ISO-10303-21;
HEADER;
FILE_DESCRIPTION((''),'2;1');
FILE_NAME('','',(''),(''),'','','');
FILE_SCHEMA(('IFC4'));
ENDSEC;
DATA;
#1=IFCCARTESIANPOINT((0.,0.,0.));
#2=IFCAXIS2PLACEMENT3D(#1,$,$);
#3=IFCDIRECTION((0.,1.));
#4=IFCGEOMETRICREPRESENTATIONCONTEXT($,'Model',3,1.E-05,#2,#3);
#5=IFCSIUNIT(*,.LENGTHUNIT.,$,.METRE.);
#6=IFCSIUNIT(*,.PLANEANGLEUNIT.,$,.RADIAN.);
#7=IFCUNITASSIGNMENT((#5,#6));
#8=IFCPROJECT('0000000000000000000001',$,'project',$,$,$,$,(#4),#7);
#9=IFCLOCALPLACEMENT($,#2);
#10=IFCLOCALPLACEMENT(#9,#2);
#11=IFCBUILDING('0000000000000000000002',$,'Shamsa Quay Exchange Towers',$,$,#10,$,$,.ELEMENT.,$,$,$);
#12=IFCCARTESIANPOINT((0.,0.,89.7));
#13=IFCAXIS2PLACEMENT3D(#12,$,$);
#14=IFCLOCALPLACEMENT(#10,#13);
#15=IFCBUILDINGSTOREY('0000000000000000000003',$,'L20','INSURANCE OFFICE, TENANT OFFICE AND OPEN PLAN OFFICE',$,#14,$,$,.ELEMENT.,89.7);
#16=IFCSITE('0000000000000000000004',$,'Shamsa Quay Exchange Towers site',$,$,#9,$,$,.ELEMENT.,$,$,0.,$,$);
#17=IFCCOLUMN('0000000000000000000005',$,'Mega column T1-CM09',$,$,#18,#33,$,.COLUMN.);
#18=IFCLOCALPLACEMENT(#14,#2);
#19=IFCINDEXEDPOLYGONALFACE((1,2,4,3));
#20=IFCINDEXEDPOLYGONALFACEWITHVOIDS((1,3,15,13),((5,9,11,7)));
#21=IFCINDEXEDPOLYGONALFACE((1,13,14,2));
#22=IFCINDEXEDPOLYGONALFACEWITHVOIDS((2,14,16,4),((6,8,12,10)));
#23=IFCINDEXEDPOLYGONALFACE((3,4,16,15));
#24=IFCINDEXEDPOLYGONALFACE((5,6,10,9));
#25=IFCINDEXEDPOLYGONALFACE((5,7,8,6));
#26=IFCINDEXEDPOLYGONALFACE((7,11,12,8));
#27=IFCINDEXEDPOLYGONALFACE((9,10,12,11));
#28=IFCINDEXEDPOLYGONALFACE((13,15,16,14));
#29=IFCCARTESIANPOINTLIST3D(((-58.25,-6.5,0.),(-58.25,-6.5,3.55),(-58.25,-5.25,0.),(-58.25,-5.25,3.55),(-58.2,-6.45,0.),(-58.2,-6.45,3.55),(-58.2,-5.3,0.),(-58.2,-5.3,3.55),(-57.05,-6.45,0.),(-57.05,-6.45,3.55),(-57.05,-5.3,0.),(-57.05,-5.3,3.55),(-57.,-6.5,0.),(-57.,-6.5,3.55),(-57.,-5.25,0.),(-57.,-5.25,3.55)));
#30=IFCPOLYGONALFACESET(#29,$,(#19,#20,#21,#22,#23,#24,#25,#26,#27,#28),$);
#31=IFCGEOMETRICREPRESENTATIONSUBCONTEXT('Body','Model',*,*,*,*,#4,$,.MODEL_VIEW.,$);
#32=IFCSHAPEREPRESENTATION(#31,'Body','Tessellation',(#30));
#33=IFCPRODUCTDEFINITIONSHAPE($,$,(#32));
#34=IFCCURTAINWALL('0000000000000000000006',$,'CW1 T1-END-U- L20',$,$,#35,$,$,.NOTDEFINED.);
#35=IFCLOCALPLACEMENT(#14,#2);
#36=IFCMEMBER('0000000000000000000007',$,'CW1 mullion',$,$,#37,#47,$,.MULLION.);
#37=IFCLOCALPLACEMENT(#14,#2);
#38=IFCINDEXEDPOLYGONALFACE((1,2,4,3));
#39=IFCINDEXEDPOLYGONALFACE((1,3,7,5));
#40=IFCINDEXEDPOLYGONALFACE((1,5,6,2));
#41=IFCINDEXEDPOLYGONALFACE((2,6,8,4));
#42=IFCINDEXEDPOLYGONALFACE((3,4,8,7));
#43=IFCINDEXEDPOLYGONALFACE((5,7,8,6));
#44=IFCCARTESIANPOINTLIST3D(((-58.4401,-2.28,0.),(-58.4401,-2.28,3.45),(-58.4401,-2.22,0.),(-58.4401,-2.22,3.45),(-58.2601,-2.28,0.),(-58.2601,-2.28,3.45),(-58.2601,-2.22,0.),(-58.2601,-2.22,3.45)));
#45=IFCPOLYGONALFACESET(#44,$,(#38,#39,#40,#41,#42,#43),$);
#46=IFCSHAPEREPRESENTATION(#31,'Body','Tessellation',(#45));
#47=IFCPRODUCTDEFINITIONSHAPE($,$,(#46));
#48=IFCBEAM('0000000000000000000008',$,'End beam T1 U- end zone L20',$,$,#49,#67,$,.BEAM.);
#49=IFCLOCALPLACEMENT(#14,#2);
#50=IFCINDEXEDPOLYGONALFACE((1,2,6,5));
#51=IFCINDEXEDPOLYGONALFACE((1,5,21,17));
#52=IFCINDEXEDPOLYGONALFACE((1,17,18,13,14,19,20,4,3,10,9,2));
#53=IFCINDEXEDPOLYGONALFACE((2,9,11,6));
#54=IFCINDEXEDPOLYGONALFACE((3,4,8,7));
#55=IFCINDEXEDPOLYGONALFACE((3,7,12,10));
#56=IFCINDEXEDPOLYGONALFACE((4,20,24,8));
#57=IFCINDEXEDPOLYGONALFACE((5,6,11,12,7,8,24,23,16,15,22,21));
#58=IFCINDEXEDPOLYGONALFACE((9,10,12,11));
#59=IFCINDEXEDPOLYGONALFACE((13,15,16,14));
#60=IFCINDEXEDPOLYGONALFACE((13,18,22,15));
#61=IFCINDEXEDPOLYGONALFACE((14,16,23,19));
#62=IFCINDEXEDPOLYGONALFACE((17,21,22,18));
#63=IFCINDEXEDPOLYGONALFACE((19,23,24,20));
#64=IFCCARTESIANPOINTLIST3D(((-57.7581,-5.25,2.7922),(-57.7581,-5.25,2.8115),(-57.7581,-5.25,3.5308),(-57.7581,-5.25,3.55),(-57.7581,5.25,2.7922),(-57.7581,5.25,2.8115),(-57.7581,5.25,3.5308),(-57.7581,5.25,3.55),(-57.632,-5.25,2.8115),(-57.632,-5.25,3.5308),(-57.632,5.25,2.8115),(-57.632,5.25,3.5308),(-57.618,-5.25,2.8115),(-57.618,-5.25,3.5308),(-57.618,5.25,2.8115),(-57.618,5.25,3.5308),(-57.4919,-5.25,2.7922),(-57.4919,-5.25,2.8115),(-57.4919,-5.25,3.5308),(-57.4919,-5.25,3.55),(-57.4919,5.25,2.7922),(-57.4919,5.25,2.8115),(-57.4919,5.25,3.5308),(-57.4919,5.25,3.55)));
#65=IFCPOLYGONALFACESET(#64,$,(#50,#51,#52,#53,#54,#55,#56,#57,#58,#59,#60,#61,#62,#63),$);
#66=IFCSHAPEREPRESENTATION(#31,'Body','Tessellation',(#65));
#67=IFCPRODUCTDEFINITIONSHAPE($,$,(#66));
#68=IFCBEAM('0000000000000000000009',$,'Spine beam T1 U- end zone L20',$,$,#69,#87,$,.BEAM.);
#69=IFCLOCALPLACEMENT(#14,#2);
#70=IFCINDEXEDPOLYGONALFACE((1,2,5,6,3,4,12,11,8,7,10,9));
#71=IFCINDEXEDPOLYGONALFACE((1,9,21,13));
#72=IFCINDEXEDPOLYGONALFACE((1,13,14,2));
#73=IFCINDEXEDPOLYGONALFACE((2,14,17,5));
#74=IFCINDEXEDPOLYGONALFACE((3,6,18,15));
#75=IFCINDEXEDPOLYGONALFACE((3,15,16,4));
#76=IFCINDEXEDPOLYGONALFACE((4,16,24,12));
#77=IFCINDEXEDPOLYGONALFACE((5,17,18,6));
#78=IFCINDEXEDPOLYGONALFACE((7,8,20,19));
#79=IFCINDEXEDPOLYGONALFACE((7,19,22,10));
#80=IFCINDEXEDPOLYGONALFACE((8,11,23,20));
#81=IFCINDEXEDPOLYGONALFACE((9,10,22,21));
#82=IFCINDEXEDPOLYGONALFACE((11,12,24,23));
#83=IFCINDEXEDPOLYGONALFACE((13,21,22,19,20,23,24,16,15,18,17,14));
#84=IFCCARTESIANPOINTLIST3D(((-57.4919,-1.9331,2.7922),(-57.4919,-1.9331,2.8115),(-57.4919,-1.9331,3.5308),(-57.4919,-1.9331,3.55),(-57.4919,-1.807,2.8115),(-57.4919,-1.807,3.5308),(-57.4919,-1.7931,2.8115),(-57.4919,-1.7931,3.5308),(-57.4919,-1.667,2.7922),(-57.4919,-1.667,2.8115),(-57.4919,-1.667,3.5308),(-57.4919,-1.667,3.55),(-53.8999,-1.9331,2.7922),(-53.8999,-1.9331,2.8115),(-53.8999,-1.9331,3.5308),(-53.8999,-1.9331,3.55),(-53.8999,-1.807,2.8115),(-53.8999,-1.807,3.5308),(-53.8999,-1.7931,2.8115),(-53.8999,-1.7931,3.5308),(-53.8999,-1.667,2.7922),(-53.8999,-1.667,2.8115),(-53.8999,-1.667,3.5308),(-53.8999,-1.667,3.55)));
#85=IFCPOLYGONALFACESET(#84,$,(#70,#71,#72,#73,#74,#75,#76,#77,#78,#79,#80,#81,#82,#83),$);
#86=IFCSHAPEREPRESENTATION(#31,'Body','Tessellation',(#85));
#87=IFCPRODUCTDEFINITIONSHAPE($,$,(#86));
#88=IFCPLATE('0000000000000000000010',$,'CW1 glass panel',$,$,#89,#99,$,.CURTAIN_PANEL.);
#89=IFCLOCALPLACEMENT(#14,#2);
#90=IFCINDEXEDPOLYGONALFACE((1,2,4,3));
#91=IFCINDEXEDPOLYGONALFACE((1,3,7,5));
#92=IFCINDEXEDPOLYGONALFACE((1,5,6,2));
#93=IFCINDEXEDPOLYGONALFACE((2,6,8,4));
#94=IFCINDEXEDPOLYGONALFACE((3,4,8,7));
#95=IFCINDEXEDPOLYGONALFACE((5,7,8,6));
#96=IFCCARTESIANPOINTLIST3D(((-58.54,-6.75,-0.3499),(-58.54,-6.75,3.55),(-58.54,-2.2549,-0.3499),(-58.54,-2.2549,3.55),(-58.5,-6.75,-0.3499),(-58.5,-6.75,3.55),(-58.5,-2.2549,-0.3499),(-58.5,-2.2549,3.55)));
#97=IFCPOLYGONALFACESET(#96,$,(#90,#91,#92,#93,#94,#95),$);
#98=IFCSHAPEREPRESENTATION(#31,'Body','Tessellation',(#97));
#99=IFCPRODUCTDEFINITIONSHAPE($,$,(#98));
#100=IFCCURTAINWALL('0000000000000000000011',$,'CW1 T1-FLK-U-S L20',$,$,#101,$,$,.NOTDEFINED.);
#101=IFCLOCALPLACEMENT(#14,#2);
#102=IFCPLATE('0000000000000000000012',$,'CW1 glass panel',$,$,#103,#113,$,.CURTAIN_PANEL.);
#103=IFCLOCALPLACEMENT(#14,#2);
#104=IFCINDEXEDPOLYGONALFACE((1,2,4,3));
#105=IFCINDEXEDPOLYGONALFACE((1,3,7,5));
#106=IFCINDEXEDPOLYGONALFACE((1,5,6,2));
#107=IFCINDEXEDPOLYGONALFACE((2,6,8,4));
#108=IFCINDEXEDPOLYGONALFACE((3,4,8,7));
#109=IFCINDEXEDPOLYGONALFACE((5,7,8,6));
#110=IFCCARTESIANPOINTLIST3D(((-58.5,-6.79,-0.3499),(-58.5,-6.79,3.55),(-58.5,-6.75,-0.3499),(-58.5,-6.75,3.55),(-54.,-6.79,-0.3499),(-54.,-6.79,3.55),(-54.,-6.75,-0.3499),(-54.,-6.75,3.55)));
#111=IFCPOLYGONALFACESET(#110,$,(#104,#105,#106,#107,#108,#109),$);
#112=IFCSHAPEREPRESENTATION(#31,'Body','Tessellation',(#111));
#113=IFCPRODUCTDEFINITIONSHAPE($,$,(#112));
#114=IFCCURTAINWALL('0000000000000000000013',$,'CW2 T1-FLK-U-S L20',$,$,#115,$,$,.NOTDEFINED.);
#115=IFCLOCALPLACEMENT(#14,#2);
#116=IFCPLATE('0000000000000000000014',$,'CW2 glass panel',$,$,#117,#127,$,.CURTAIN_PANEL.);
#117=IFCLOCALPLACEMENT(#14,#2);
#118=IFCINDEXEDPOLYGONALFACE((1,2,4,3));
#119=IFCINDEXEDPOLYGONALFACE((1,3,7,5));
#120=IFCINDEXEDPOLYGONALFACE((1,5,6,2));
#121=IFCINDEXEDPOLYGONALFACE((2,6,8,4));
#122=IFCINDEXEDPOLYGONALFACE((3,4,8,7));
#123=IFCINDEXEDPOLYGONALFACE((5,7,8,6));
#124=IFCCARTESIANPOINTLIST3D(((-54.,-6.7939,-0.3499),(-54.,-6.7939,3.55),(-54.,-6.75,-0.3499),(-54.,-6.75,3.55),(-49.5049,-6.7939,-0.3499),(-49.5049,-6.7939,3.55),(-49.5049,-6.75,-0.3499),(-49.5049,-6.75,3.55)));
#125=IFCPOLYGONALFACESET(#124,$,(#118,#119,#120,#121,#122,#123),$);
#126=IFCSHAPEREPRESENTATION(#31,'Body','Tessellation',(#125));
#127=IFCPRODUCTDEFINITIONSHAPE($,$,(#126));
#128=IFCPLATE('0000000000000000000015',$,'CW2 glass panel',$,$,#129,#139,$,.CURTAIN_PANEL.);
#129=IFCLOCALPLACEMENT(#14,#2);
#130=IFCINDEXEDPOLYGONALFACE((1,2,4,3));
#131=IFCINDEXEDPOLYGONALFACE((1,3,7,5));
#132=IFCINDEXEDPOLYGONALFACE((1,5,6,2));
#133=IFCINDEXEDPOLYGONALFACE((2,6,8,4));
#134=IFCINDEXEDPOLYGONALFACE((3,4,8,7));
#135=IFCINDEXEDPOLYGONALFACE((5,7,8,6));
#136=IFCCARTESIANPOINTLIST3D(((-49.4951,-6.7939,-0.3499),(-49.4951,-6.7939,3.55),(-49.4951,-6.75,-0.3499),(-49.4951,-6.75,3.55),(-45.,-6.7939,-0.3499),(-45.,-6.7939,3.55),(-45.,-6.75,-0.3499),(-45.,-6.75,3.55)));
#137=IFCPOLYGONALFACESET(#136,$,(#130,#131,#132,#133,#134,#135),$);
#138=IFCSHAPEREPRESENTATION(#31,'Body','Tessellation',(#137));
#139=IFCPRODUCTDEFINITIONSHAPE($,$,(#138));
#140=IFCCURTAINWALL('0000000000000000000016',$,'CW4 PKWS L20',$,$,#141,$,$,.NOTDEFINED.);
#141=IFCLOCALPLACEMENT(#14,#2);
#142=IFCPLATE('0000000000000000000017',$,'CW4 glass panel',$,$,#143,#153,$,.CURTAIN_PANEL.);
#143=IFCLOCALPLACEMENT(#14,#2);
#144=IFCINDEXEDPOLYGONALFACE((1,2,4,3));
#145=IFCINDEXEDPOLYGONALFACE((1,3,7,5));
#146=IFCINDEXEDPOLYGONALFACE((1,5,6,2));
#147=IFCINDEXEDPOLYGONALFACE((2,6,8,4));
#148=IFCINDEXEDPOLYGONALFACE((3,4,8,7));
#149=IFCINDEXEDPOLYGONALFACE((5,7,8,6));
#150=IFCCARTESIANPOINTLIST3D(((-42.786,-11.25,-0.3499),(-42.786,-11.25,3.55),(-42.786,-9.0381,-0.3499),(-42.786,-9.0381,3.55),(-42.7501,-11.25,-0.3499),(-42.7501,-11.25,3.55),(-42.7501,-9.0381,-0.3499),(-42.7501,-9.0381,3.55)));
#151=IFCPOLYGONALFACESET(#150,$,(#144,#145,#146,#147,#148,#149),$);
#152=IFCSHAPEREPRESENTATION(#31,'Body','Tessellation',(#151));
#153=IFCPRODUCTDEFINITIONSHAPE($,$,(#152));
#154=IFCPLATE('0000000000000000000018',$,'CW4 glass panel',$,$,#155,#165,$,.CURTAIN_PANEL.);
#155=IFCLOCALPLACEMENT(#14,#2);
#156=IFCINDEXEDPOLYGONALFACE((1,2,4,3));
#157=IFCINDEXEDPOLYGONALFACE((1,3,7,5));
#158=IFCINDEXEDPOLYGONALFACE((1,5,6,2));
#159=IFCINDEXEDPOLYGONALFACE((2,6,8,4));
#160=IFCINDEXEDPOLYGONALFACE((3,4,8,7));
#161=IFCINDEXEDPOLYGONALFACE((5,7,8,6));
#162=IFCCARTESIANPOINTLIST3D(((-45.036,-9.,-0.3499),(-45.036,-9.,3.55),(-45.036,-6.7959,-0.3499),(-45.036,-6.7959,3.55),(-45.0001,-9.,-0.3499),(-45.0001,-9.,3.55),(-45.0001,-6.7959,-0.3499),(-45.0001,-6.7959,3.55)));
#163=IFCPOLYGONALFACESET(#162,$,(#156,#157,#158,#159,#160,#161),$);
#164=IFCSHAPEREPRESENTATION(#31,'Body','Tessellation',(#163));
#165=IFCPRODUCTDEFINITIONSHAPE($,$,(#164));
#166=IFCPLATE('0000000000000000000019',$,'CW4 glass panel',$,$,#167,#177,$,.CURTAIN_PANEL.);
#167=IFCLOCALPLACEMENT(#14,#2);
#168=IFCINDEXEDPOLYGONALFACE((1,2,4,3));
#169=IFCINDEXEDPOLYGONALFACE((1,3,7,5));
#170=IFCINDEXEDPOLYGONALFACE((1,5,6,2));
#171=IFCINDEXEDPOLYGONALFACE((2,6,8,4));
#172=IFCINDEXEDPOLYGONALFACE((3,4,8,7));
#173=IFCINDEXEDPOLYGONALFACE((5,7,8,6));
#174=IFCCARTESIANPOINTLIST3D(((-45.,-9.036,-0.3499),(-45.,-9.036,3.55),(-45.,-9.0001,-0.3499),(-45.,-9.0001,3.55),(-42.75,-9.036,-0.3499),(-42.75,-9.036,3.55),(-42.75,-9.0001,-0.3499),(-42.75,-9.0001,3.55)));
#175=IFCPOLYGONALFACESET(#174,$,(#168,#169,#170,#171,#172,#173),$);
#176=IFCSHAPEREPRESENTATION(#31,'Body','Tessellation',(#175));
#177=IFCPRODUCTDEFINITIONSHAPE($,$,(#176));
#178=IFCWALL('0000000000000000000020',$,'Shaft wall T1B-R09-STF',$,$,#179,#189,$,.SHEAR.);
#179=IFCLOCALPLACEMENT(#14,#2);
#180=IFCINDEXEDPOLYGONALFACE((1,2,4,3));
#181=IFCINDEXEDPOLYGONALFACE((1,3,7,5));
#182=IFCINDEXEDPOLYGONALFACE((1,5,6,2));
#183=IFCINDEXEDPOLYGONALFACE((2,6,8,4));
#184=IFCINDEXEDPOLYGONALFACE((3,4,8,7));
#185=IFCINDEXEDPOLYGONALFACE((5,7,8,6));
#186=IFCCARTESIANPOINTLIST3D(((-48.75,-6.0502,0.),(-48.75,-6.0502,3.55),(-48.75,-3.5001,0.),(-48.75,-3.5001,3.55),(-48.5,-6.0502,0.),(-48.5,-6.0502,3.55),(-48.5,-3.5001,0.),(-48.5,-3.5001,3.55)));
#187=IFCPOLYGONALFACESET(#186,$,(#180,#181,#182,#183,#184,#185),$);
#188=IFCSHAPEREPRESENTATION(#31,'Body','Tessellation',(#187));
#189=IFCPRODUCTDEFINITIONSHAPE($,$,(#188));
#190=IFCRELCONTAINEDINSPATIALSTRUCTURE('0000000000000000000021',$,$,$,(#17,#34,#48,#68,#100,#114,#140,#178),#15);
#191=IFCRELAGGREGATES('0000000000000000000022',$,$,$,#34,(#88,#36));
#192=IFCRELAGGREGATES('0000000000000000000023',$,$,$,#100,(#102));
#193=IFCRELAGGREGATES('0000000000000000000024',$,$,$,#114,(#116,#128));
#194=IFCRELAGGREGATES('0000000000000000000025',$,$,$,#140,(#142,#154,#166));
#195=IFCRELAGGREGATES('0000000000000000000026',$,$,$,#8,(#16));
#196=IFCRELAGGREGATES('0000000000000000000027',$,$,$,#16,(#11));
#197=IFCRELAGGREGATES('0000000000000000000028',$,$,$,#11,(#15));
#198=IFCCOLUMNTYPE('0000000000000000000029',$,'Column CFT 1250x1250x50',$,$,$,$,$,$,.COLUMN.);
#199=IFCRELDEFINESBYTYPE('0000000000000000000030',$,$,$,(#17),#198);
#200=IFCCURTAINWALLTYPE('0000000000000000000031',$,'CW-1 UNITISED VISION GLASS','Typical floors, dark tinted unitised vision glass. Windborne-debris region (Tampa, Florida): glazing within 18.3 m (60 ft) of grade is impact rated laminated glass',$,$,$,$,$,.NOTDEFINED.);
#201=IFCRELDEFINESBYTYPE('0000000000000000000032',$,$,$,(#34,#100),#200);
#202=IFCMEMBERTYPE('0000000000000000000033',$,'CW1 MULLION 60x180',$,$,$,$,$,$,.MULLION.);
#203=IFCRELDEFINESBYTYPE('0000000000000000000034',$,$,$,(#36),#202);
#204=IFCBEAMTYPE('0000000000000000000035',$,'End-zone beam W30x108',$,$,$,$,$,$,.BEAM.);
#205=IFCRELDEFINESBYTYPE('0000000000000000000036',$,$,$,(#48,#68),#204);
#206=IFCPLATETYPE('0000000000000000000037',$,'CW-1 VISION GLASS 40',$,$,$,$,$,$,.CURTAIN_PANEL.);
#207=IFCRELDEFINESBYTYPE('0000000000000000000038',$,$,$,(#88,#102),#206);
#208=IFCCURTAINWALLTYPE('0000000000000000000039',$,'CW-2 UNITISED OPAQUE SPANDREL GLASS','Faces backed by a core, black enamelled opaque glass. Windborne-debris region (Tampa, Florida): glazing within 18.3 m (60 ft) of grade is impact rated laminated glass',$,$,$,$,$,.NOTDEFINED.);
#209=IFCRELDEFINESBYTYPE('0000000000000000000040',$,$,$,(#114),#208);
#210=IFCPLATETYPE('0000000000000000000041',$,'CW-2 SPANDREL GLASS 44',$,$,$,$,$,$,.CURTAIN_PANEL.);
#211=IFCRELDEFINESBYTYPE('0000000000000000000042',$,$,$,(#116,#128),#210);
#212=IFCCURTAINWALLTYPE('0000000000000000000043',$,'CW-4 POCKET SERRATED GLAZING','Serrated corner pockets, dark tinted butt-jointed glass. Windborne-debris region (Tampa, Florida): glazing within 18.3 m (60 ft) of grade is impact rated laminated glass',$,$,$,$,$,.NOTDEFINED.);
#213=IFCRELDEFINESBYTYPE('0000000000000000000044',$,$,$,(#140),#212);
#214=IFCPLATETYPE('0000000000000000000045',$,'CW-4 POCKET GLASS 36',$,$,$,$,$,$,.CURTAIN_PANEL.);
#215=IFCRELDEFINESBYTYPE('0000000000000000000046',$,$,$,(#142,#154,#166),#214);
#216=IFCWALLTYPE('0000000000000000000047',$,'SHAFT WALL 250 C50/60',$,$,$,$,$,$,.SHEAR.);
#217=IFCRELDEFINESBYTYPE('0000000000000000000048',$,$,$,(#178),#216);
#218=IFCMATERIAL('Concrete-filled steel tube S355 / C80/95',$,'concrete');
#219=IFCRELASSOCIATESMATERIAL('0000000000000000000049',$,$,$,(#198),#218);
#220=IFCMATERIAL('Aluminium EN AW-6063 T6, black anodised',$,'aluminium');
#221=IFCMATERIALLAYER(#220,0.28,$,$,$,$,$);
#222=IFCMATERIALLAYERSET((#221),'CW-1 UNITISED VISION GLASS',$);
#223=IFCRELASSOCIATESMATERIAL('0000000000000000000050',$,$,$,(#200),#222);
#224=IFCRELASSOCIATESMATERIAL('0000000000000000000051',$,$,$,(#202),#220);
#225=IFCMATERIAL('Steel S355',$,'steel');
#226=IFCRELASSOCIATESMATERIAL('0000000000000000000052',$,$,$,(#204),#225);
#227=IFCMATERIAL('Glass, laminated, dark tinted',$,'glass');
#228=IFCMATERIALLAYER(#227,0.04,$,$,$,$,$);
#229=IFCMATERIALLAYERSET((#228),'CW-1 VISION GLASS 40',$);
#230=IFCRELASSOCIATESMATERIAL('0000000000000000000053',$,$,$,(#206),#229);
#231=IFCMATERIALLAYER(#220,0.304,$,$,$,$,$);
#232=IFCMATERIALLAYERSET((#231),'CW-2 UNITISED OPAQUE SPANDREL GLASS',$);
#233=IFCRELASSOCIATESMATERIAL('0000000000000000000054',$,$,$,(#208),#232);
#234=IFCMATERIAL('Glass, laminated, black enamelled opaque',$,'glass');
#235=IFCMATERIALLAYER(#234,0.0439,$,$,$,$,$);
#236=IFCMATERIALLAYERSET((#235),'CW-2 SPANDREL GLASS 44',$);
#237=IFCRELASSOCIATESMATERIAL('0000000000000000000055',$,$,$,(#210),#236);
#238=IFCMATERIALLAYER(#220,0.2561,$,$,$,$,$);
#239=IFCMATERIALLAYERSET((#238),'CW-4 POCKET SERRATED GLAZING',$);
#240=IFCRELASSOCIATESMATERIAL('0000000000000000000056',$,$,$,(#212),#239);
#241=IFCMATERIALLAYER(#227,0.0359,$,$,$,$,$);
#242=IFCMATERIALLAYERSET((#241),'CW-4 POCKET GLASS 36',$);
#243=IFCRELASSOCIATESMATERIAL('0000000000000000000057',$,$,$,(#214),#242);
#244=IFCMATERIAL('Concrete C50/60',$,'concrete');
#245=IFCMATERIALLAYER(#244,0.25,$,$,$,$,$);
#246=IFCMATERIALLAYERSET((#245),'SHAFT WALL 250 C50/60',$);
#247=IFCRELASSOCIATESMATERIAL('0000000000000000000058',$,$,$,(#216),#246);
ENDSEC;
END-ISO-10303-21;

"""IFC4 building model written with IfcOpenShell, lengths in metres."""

from ifc_helpers import new_model, si_unit, direction, frame, frame_2d, origin, origin_2d, place, context, subcontext, project, spatial, rectangle, hollow_rectangle, i_section, extrude, material, layer, layer_set, material_profile, profile_set, type_object, element, aggregate, save


model = new_model("IFC4")

# Units and contexts
model_context = context("Model", 3, precision=1e-05, world=origin(), true_north=direction((0.0, 1.0)))
body_context = subcontext(model_context, "Body", "Model", "MODEL_VIEW")
ifc_project = project(units=[si_unit("LENGTHUNIT", "METRE"), si_unit("PLANEANGLEUNIT", "RADIAN")], contexts=[model_context])

# Site, building, storey
site_placement = place(None, origin())
site = spatial("IfcSite", under=ifc_project, at=site_placement, Name="Shamsa Quay Exchange Towers site", CompositionType="ELEMENT", RefElevation=0.0)
building_placement = place(site_placement, origin())
building = spatial("IfcBuilding", under=site, at=building_placement, Name="Shamsa Quay Exchange Towers", CompositionType="ELEMENT")
storey_placement = place(building_placement, frame((0.0, 0.0, 89.7)))
storey = spatial("IfcBuildingStorey", under=building, at=storey_placement, Name="L20", Description="INSURANCE OFFICE, TENANT OFFICE AND OPEN PLAN OFFICE", CompositionType="ELEMENT", Elevation=89.7)

# Column
ifc_material_1 = material(Name="Concrete-filled steel tube S355 / C80/95", Category="concrete")
ifc_material_profile_1 = material_profile(ifc_material_1, hollow_rectangle(XDim=1.25, YDim=1.25, WallThickness=0.05, at=origin_2d()), Name="CFT 1250x1250x50")
ifc_profile_set_1 = profile_set([ifc_material_profile_1], Name="Concrete-filled steel tube S355 / C80/95")
column_type = type_object("IfcColumnType", Name="Column CFT 1250x1250x50", PredefinedType="COLUMN", material=ifc_profile_set_1)
column_placement = place(storey_placement, frame((-57.625, -5.875, 0.0)))
element("IfcColumn", 1, at=column_placement, inside=storey, type_object=column_type, Name="Mega column T1-CM09", PredefinedType="COLUMN", context=body_context, shape_type="SweptSolid", body=[
    extrude(hollow_rectangle(XDim=1.25, YDim=1.25, WallThickness=0.05, at=origin_2d()), origin(), (0.0, 0.0, 1.0), 3.55),
])

# Curtain wall, member
ifc_material_2 = material(Name="Aluminium EN AW-6063 T6, black anodised", Category="aluminium")
ifc_layer_1 = layer(ifc_material_2, 0.28)
ifc_layer_set_1 = layer_set([ifc_layer_1], Name="CW-1 UNITISED VISION GLASS")
curtain_wall_type_1 = type_object("IfcCurtainWallType", Name="CW-1 UNITISED VISION GLASS", Description="Typical floors, dark tinted unitised vision glass. Windborne-debris region (Tampa, Florida): glazing within 18.3 m (60 ft) of grade is impact rated laminated glass", PredefinedType="NOTDEFINED", material=ifc_layer_set_1)
curtain_wall_1_placement = place(storey_placement, origin())
curtain_wall_1 = element("IfcCurtainWall", 2, at=curtain_wall_1_placement, inside=storey, type_object=curtain_wall_type_1, Name="CW1 T1-END-U- L20", PredefinedType="NOTDEFINED")
ifc_material_profile_2 = material_profile(ifc_material_2, rectangle(XDim=0.1799, YDim=0.0601, at=origin_2d()), Name="MU60x180")
ifc_profile_set_2 = profile_set([ifc_material_profile_2], Name="Aluminium EN AW-6063 T6, black anodised")
member_type = type_object("IfcMemberType", Name="CW1 MULLION 60x180", PredefinedType="MULLION", material=ifc_profile_set_2)
member_placement = place(storey_placement, frame((-58.3501, -2.25, 0.0)))
member = element("IfcMember", 3, at=member_placement, type_object=member_type, Name="CW1 mullion", PredefinedType="MULLION", context=body_context, shape_type="SweptSolid", body=[
    extrude(rectangle(XDim=0.1799, YDim=0.0601, at=origin_2d()), origin(), (0.0, 0.0, 1.0), 3.45),
])

# Beams
ifc_material_3 = material(Name="Steel S355", Category="steel")
ifc_material_profile_3 = material_profile(ifc_material_3, i_section(OverallWidth=0.2661, OverallDepth=0.7578, WebThickness=0.0139, FlangeThickness=0.0193, at=origin_2d()), Name="W30x108")
ifc_profile_set_3 = profile_set([ifc_material_profile_3], Name="Steel S355")
beam_type = type_object("IfcBeamType", Name="End-zone beam W30x108", PredefinedType="BEAM", material=ifc_profile_set_3)
beam_1_placement = place(storey_placement, frame((-57.625, -5.25, 3.1711), z_axis=(0.0, 1.0, 0.0), x_axis=(-1.0, 0.0, 0.0)))
element("IfcBeam", 4, at=beam_1_placement, inside=storey, type_object=beam_type, Name="End beam T1 U- end zone L20", PredefinedType="BEAM", context=body_context, shape_type="SweptSolid", body=[
    extrude(i_section(OverallWidth=0.2661, OverallDepth=0.7578, WebThickness=0.0139, FlangeThickness=0.0193, at=origin_2d()), origin(), (0.0, 0.0, 1.0), 10.5),
])
beam_2_placement = place(storey_placement, frame((-53.8999, -1.8, 3.1711), z_axis=(-1.0, 0.0, 0.0), x_axis=(0.0, -1.0, 0.0)))
element("IfcBeam", 5, at=beam_2_placement, inside=storey, type_object=beam_type, Name="Spine beam T1 U- end zone L20", PredefinedType="BEAM", context=body_context, shape_type="SweptSolid", body=[
    extrude(i_section(OverallWidth=0.2661, OverallDepth=0.7578, WebThickness=0.0139, FlangeThickness=0.0193, at=origin_2d()), origin(), (0.0, 0.0, 1.0), 3.592),
])

# Plate
ifc_material_4 = material(Name="Glass, laminated, dark tinted", Category="glass")
ifc_layer_2 = layer(ifc_material_4, 0.04)
ifc_layer_set_2 = layer_set([ifc_layer_2], Name="CW-1 VISION GLASS 40")
plate_type_1 = type_object("IfcPlateType", Name="CW-1 VISION GLASS 40", PredefinedType="CURTAIN_PANEL", material=ifc_layer_set_2)
plate_1_placement = place(storey_placement, frame((-58.52, -4.5024, -0.3499), z_axis=(0.0, 0.0, 1.0), x_axis=(0.0, -1.0, 0.0)))
plate_1 = element("IfcPlate", 6, at=plate_1_placement, type_object=plate_type_1, Name="CW1 glass panel", PredefinedType="CURTAIN_PANEL", context=body_context, shape_type="SweptSolid", body=[
    extrude(rectangle(XDim=4.4951, YDim=0.04, at=origin_2d()), origin(), (0.0, 0.0, 1.0), 3.8999),
])
aggregate(curtain_wall_1, [plate_1, member])

# Curtain wall, plate
curtain_wall_2_placement = place(storey_placement, origin())
curtain_wall_2 = element("IfcCurtainWall", 7, at=curtain_wall_2_placement, inside=storey, type_object=curtain_wall_type_1, Name="CW1 T1-FLK-U-S L20", PredefinedType="NOTDEFINED")
plate_2_placement = place(storey_placement, frame((-56.25, -6.77, -0.3499)))
plate_2 = element("IfcPlate", 8, at=plate_2_placement, type_object=plate_type_1, Name="CW1 glass panel", PredefinedType="CURTAIN_PANEL", context=body_context, shape_type="SweptSolid", body=[
    extrude(rectangle(XDim=4.5, YDim=0.04, at=origin_2d()), origin(), (0.0, 0.0, 1.0), 3.8999),
])
aggregate(curtain_wall_2, [plate_2])

# Curtain walls, plates
ifc_layer_3 = layer(ifc_material_2, 0.304)
ifc_layer_set_3 = layer_set([ifc_layer_3], Name="CW-2 UNITISED OPAQUE SPANDREL GLASS")
curtain_wall_type_2 = type_object("IfcCurtainWallType", Name="CW-2 UNITISED OPAQUE SPANDREL GLASS", Description="Faces backed by a core, black enamelled opaque glass. Windborne-debris region (Tampa, Florida): glazing within 18.3 m (60 ft) of grade is impact rated laminated glass", PredefinedType="NOTDEFINED", material=ifc_layer_set_3)
curtain_wall_3_placement = place(storey_placement, origin())
curtain_wall_3 = element("IfcCurtainWall", 9, at=curtain_wall_3_placement, inside=storey, type_object=curtain_wall_type_2, Name="CW2 T1-FLK-U-S L20", PredefinedType="NOTDEFINED")
ifc_material_5 = material(Name="Glass, laminated, black enamelled opaque", Category="glass")
ifc_layer_4 = layer(ifc_material_5, 0.0439)
ifc_layer_set_4 = layer_set([ifc_layer_4], Name="CW-2 SPANDREL GLASS 44")
plate_type_2 = type_object("IfcPlateType", Name="CW-2 SPANDREL GLASS 44", PredefinedType="CURTAIN_PANEL", material=ifc_layer_set_4)
plate_3_placement = place(storey_placement, frame((-51.7524, -6.772, -0.3499)))
plate_3 = element("IfcPlate", 10, at=plate_3_placement, type_object=plate_type_2, Name="CW2 glass panel", PredefinedType="CURTAIN_PANEL", context=body_context, shape_type="SweptSolid", body=[
    extrude(rectangle(XDim=4.4951, YDim=0.0439, at=origin_2d()), origin(), (0.0, 0.0, 1.0), 3.8999),
])
plate_4_placement = place(storey_placement, frame((-47.2476, -6.772, -0.3499)))
plate_4 = element("IfcPlate", 11, at=plate_4_placement, type_object=plate_type_2, Name="CW2 glass panel", PredefinedType="CURTAIN_PANEL", context=body_context, shape_type="SweptSolid", body=[
    extrude(rectangle(XDim=4.4951, YDim=0.0439, at=origin_2d()), origin(), (0.0, 0.0, 1.0), 3.8999),
])
aggregate(curtain_wall_3, [plate_3, plate_4])
ifc_layer_5 = layer(ifc_material_2, 0.2561)
ifc_layer_set_5 = layer_set([ifc_layer_5], Name="CW-4 POCKET SERRATED GLAZING")
curtain_wall_type_3 = type_object("IfcCurtainWallType", Name="CW-4 POCKET SERRATED GLAZING", Description="Serrated corner pockets, dark tinted butt-jointed glass. Windborne-debris region (Tampa, Florida): glazing within 18.3 m (60 ft) of grade is impact rated laminated glass", PredefinedType="NOTDEFINED", material=ifc_layer_set_5)
curtain_wall_4_placement = place(storey_placement, origin())
curtain_wall_4 = element("IfcCurtainWall", 12, at=curtain_wall_4_placement, inside=storey, type_object=curtain_wall_type_3, Name="CW4 PKWS L20", PredefinedType="NOTDEFINED")
ifc_layer_6 = layer(ifc_material_4, 0.0359)
ifc_layer_set_6 = layer_set([ifc_layer_6], Name="CW-4 POCKET GLASS 36")
plate_type_3 = type_object("IfcPlateType", Name="CW-4 POCKET GLASS 36", PredefinedType="CURTAIN_PANEL", material=ifc_layer_set_6)
plate_5_placement = place(storey_placement, frame((-42.7681, -10.144, -0.3499), z_axis=(0.0, 0.0, 1.0), x_axis=(0.0, -1.0, 0.0)))
plate_5 = element("IfcPlate", 13, at=plate_5_placement, type_object=plate_type_3, Name="CW4 glass panel", PredefinedType="CURTAIN_PANEL", context=body_context, shape_type="SweptSolid", body=[
    extrude(rectangle(XDim=2.2119, YDim=0.0359, at=origin_2d()), origin(), (0.0, 0.0, 1.0), 3.8999),
])
plate_6_placement = place(storey_placement, frame((-45.0181, -7.8979, -0.3499), z_axis=(0.0, 0.0, 1.0), x_axis=(0.0, -1.0, 0.0)))
plate_6 = element("IfcPlate", 14, at=plate_6_placement, type_object=plate_type_3, Name="CW4 glass panel", PredefinedType="CURTAIN_PANEL", context=body_context, shape_type="SweptSolid", body=[
    extrude(rectangle(XDim=2.2041, YDim=0.0359, at=origin_2d()), origin(), (0.0, 0.0, 1.0), 3.8999),
])
plate_7_placement = place(storey_placement, frame((-43.875, -9.0181, -0.3499)))
plate_7 = element("IfcPlate", 15, at=plate_7_placement, type_object=plate_type_3, Name="CW4 glass panel", PredefinedType="CURTAIN_PANEL", context=body_context, shape_type="SweptSolid", body=[
    extrude(rectangle(XDim=2.25, YDim=0.0359, at=origin_2d()), origin(), (0.0, 0.0, 1.0), 3.8999),
])
aggregate(curtain_wall_4, [plate_5, plate_6, plate_7])

# Wall
ifc_material_6 = material(Name="Concrete C50/60", Category="concrete")
ifc_layer_7 = layer(ifc_material_6, 0.25)
ifc_layer_set_7 = layer_set([ifc_layer_7], Name="SHAFT WALL 250 C50/60")
wall_type_1 = type_object("IfcWallType", Name="SHAFT WALL 250 C50/60", PredefinedType="SHEAR", material=ifc_layer_set_7)
wall_1_placement = place(storey_placement, frame((-48.625, -6.05, 0.0), z_axis=(0.0, 0.0, 1.0), x_axis=(0.0, 1.0, 0.0)))
element("IfcWall", 16, at=wall_1_placement, inside=storey, type_object=wall_type_1, Name="Shaft wall T1B-R09-STF", PredefinedType="SHEAR", context=body_context, shape_type="SweptSolid", body=[
    extrude(rectangle(XDim=2.55, YDim=0.25, at=frame_2d((1.2749, 0.0))), origin(), (0.0, 0.0, 1.0), 3.55),
])

save(model, "model.ifc")
